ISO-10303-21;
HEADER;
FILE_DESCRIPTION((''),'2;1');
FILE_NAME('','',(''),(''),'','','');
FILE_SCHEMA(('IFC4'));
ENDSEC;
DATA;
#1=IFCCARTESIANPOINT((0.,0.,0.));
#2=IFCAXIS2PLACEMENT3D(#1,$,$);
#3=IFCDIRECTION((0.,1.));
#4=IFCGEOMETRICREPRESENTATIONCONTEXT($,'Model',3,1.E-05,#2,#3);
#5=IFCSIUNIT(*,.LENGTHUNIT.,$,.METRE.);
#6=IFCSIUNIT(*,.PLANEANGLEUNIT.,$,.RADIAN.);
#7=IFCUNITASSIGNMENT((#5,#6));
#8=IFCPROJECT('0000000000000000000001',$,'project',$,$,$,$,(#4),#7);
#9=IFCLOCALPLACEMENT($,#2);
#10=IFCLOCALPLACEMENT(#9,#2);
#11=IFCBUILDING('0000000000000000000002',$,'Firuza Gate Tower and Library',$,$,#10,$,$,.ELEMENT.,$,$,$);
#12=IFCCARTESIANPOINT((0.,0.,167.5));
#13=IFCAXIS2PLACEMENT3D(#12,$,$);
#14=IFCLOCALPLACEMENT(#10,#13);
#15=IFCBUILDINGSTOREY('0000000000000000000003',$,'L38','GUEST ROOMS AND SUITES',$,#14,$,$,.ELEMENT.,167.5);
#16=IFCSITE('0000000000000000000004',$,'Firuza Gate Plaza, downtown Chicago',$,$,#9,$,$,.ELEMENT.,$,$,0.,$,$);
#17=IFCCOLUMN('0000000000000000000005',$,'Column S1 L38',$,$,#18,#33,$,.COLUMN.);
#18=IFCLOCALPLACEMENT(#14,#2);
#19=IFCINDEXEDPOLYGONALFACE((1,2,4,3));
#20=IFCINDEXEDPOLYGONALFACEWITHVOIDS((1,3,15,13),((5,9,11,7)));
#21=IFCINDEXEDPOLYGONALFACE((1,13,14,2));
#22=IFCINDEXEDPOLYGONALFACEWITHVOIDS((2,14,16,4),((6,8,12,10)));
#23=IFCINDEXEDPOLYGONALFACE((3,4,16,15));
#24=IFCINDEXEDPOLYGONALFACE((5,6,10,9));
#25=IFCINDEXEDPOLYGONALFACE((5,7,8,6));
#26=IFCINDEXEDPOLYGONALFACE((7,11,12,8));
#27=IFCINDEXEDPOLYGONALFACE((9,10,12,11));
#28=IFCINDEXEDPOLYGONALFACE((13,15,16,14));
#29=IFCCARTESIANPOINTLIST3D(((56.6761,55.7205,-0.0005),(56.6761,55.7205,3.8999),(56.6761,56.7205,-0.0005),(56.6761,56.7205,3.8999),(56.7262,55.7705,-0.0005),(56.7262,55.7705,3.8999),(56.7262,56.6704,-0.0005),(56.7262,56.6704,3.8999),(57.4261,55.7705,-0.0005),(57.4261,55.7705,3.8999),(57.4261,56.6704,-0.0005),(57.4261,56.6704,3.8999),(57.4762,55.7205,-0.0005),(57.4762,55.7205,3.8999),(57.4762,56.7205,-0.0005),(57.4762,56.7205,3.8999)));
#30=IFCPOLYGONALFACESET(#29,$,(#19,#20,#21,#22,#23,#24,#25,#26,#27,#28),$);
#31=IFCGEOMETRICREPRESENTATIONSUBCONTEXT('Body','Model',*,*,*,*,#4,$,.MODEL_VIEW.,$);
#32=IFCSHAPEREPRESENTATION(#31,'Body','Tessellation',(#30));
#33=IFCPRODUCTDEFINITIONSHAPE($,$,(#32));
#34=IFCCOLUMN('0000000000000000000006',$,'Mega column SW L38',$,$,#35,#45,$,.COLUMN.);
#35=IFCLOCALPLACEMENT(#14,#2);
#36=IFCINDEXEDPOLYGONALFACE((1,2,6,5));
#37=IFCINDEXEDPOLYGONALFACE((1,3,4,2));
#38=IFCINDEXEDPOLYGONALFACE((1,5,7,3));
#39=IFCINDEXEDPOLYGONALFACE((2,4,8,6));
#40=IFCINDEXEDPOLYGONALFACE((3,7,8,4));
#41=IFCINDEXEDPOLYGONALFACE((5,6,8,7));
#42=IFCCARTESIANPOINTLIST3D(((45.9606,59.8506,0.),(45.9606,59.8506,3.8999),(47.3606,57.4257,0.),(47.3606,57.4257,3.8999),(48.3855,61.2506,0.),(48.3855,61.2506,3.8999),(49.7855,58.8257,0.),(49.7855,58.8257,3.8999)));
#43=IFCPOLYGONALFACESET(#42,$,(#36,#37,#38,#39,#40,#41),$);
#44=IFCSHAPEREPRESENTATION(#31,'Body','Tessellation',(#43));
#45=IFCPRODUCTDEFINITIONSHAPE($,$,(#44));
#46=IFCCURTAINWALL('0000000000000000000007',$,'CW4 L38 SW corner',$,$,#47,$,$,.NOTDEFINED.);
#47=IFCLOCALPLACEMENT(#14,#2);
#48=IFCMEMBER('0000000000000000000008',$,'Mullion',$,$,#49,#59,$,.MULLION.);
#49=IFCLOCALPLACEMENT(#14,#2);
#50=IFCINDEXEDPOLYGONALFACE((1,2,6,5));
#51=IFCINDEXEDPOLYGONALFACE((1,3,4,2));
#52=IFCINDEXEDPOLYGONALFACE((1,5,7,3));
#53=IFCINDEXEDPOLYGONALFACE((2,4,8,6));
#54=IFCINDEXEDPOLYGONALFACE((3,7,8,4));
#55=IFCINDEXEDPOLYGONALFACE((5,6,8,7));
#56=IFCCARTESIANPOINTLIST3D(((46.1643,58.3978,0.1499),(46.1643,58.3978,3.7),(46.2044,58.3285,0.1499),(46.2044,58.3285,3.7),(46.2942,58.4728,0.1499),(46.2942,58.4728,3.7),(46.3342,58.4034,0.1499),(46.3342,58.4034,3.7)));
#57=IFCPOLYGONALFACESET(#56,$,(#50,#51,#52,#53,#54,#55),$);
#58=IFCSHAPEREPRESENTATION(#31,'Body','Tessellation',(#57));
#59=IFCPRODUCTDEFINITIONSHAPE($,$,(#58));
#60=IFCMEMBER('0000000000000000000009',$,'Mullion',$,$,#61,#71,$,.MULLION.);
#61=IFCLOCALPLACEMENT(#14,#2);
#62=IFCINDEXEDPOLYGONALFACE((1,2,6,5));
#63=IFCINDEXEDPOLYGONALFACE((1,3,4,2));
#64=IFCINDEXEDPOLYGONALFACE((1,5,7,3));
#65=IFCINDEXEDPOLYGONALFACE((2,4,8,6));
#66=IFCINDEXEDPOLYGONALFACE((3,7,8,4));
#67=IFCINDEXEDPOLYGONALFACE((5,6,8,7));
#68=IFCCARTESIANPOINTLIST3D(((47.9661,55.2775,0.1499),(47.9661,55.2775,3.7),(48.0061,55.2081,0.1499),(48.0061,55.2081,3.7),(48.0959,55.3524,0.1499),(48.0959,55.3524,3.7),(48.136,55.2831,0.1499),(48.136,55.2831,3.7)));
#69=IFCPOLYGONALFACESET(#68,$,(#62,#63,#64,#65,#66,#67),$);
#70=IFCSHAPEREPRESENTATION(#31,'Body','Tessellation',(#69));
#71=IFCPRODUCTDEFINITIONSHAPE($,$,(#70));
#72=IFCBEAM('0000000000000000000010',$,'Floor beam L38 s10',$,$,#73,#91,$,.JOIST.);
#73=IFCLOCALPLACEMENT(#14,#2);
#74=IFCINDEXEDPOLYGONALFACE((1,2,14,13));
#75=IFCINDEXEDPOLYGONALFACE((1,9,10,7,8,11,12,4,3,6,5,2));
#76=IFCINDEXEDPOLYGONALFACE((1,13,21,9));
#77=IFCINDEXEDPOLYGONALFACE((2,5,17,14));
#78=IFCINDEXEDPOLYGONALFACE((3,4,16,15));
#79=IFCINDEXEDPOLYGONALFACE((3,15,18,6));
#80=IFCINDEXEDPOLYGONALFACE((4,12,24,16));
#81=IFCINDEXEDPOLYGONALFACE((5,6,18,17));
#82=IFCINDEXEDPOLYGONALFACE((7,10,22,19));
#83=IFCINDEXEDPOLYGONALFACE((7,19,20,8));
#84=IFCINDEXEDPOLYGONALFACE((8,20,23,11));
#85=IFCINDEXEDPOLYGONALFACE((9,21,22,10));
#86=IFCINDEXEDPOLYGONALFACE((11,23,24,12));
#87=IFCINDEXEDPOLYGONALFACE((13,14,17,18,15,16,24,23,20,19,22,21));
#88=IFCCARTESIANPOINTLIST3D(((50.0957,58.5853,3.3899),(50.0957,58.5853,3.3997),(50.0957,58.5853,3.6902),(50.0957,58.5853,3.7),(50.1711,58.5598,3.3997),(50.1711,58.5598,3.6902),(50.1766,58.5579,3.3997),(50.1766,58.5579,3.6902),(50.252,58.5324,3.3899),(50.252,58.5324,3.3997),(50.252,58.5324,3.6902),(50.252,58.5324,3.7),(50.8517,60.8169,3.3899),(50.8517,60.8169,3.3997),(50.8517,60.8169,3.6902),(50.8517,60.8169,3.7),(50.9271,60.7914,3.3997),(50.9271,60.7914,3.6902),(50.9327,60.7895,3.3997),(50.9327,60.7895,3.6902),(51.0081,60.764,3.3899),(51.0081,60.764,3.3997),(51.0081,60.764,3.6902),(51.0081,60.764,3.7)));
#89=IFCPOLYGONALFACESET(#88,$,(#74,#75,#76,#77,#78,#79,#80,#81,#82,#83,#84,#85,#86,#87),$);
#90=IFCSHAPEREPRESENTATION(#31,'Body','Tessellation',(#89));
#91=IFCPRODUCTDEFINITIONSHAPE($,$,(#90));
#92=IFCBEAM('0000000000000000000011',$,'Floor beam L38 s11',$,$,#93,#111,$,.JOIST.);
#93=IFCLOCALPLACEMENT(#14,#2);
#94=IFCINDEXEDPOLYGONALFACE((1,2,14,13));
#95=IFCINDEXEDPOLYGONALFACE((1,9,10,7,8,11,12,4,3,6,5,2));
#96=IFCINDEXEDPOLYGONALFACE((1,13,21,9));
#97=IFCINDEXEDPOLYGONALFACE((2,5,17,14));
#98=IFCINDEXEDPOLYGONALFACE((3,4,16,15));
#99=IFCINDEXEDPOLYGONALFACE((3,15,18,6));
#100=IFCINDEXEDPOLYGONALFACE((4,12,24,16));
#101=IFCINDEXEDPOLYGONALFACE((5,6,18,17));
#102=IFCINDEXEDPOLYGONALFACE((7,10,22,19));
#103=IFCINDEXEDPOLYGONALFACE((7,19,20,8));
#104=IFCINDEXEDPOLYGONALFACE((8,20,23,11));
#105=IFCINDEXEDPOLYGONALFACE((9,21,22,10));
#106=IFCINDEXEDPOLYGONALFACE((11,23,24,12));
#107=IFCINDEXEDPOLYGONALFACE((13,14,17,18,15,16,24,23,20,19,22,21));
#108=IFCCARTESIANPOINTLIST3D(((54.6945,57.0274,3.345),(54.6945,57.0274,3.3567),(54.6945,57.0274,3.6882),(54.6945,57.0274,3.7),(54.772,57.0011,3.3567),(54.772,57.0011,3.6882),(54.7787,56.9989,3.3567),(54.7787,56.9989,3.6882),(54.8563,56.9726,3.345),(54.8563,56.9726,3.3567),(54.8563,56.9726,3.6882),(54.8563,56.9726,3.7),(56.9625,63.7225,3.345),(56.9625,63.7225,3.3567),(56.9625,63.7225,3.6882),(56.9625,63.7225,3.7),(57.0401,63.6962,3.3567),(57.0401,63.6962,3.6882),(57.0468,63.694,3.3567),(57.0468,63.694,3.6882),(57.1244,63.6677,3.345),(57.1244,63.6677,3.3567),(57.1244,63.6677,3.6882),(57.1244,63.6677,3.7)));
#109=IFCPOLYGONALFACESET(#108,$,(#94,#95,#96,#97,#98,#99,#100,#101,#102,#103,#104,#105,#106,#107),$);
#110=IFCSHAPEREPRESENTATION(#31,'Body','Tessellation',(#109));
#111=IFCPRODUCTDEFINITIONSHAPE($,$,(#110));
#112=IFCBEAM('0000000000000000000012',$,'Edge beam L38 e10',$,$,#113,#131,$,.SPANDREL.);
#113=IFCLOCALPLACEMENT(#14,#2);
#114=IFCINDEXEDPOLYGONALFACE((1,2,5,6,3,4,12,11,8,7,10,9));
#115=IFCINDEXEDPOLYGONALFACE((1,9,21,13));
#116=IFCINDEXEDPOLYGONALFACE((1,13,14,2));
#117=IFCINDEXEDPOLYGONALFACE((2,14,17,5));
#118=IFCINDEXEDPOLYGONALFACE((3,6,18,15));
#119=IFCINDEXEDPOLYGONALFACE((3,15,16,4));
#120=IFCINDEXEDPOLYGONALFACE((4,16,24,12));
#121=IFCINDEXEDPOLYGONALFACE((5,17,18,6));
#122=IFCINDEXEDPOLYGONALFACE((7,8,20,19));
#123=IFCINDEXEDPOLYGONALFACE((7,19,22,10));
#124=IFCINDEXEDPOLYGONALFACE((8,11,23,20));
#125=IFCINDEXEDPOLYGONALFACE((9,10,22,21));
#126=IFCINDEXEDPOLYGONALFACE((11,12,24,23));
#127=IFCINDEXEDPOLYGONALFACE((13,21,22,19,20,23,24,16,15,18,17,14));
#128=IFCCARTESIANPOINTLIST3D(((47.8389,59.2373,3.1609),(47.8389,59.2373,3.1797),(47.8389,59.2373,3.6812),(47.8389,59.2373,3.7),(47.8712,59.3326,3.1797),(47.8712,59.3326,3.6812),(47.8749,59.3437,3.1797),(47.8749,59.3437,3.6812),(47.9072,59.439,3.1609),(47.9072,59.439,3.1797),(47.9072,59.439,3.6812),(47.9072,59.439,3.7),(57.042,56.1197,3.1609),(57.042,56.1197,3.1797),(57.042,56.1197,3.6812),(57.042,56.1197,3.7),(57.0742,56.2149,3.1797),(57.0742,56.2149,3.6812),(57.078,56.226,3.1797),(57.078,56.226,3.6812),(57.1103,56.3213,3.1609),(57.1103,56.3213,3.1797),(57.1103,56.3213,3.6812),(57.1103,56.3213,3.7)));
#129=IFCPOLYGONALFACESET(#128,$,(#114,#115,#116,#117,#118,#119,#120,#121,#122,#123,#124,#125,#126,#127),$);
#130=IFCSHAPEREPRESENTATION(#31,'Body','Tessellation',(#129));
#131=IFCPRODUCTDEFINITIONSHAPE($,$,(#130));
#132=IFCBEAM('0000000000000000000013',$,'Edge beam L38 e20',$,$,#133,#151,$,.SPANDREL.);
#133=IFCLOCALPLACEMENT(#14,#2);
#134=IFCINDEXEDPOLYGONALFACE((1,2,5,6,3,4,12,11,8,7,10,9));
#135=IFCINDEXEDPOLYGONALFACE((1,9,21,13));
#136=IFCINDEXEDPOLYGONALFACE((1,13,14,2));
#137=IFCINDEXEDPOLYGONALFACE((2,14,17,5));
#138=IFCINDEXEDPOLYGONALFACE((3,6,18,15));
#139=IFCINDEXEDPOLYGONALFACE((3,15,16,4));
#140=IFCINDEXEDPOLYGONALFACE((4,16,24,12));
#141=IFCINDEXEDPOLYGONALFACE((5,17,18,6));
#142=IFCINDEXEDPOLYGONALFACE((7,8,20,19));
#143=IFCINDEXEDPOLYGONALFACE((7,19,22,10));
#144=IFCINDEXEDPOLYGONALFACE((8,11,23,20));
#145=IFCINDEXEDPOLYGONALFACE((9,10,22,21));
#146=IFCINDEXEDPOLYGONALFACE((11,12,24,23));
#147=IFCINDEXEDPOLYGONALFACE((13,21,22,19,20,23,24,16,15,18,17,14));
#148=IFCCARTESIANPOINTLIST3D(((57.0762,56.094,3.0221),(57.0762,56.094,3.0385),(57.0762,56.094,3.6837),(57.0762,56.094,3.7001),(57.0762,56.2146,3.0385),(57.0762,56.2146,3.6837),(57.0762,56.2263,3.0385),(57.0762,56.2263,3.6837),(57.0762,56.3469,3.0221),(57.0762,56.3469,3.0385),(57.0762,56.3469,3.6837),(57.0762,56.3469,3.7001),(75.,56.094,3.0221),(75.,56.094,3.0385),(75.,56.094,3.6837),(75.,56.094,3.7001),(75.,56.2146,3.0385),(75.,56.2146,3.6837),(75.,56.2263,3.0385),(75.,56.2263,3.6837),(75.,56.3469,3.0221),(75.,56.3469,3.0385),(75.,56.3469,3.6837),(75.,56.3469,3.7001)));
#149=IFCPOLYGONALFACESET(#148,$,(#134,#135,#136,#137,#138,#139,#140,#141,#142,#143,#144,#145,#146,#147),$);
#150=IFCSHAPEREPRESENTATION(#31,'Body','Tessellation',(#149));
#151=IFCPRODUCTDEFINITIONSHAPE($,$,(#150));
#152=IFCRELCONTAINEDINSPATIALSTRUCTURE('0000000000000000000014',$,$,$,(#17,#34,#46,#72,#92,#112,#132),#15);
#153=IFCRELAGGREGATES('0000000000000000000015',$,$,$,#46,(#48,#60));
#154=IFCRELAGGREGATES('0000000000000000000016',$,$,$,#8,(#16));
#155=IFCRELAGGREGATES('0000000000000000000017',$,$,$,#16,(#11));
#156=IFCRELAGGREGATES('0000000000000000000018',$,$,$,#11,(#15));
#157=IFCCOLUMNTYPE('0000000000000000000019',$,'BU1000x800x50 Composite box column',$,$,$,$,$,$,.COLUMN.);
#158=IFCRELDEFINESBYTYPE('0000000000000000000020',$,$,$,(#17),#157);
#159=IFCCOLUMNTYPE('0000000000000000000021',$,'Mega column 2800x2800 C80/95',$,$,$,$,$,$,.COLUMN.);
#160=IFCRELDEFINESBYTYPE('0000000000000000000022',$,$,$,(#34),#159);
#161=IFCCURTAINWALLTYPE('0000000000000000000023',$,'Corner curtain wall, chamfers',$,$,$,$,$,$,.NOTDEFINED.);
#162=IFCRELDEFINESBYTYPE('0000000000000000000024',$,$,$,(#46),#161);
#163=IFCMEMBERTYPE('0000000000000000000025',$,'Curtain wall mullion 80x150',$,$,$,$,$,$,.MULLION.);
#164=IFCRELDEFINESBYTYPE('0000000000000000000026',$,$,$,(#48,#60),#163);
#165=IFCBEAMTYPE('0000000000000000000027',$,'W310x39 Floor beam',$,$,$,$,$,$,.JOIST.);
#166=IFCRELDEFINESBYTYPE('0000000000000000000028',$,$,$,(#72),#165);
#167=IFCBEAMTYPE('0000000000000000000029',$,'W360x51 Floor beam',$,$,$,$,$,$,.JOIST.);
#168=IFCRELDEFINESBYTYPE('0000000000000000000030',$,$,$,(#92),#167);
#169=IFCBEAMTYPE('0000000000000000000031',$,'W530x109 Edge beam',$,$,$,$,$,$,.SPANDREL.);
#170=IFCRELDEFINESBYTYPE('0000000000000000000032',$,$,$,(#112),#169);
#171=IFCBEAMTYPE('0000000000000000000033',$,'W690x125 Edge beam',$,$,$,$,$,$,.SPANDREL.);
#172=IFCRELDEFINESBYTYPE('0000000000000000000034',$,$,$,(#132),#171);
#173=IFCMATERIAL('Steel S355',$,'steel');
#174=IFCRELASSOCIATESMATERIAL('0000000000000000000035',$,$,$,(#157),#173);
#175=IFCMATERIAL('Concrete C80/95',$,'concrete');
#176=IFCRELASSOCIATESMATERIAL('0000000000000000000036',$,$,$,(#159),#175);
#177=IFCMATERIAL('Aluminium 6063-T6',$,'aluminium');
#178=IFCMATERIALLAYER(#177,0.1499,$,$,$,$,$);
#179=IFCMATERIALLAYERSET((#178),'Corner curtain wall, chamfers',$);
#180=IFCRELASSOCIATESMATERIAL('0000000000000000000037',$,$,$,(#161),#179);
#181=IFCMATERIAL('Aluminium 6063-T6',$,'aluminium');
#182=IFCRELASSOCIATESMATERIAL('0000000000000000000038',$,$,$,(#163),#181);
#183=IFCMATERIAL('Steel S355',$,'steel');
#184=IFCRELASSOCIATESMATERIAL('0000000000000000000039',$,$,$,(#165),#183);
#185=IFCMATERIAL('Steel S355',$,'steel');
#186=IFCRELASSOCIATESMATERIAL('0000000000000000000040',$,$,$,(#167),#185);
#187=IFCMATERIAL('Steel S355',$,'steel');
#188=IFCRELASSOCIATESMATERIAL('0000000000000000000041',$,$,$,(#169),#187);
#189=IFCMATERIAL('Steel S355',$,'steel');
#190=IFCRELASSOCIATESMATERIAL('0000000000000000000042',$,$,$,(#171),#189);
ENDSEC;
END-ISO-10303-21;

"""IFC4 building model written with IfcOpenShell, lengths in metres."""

from ifc_helpers import new_model, si_unit, direction, frame, origin, origin_2d, place, context, subcontext, project, spatial, rectangle, hollow_rectangle, i_section, extrude, material, layer, layer_set, material_profile, profile_set, type_object, element, aggregate, save


model = new_model("IFC4")

# Units and contexts
model_context = context("Model", 3, precision=1e-05, world=origin(), true_north=direction((0.0, 1.0)))
body_context = subcontext(model_context, "Body", "Model", "MODEL_VIEW")
ifc_project = project(units=[si_unit("LENGTHUNIT", "METRE"), si_unit("PLANEANGLEUNIT", "RADIAN")], contexts=[model_context])

# Site, building, storey
site_placement = place(None, origin())
site = spatial("IfcSite", under=ifc_project, at=site_placement, Name="Firuza Gate Plaza, downtown Chicago", CompositionType="ELEMENT", RefElevation=0.0)
building_placement = place(site_placement, origin())
building = spatial("IfcBuilding", under=site, at=building_placement, Name="Firuza Gate Tower and Library", CompositionType="ELEMENT")
storey_placement = place(building_placement, frame((0.0, 0.0, 167.5)))
storey = spatial("IfcBuildingStorey", under=building, at=storey_placement, Name="L38", Description="GUEST ROOMS AND SUITES", CompositionType="ELEMENT", Elevation=167.5)

# Columns
ifc_material_1 = material(Name="Steel S355", Category="steel")
ifc_material_profile_1 = material_profile(ifc_material_1, hollow_rectangle(XDim=0.8, YDim=1.0, WallThickness=0.05, at=origin_2d()))
ifc_profile_set_1 = profile_set([ifc_material_profile_1], Name="Steel S355")
column_type_1 = type_object("IfcColumnType", Name="BU1000x800x50 Composite box column", PredefinedType="COLUMN", material=ifc_profile_set_1)
column_1_placement = place(storey_placement, frame((57.0762, 56.2205, -0.0005), z_axis=(0.0, 0.0, 1.0), x_axis=(1.0, 0.0, 0.0)))
element("IfcColumn", 1, at=column_1_placement, inside=storey, type_object=column_type_1, Name="Column S1 L38", PredefinedType="COLUMN", context=body_context, shape_type="SweptSolid", body=[
    extrude(hollow_rectangle(XDim=0.8, YDim=1.0, WallThickness=0.05, at=origin_2d()), origin(), (0.0, 0.0, 1.0), 3.9004),
])
ifc_material_2 = material(Name="Concrete C80/95", Category="concrete")
ifc_material_profile_2 = material_profile(ifc_material_2, rectangle(XDim=2.8, YDim=2.8, at=origin_2d()))
ifc_profile_set_2 = profile_set([ifc_material_profile_2], Name="Concrete C80/95")
column_type_2 = type_object("IfcColumnType", Name="Mega column 2800x2800 C80/95", PredefinedType="COLUMN", material=ifc_profile_set_2)
column_2_placement = place(storey_placement, frame((47.873, 59.3381, 0.0), z_axis=(0.0, 0.0, 1.0), x_axis=(0.5, -0.866025, 0.0)))
element("IfcColumn", 2, at=column_2_placement, inside=storey, type_object=column_type_2, Name="Mega column SW L38", PredefinedType="COLUMN", context=body_context, shape_type="SweptSolid", body=[
    extrude(rectangle(XDim=2.8, YDim=2.8, at=origin_2d()), origin(), (0.0, 0.0, 1.0), 3.8999),
])

# Curtain wall, members
ifc_material_3 = material(Name="Aluminium 6063-T6", Category="aluminium")
ifc_layer_1 = layer(ifc_material_3, 0.1499)
ifc_layer_set_1 = layer_set([ifc_layer_1], Name="Corner curtain wall, chamfers")
curtain_wall_type = type_object("IfcCurtainWallType", Name="Corner curtain wall, chamfers", PredefinedType="NOTDEFINED", material=ifc_layer_set_1)
placement_1 = place(storey_placement, origin())
curtain_wall = element("IfcCurtainWall", 3, at=placement_1, inside=storey, type_object=curtain_wall_type, Name="CW4 L38 SW corner", PredefinedType="NOTDEFINED")
ifc_material_4 = material(Name="Aluminium 6063-T6", Category="aluminium")
ifc_material_profile_3 = material_profile(ifc_material_4, rectangle(XDim=0.1499, YDim=0.0801, at=origin_2d()))
ifc_profile_set_3 = profile_set([ifc_material_profile_3], Name="Aluminium 6063-T6")
member_type = type_object("IfcMemberType", Name="Curtain wall mullion 80x150", PredefinedType="MULLION", material=ifc_profile_set_3)
member_1_placement = place(storey_placement, frame((46.2493, 58.4006, 0.1499), z_axis=(0.0, 0.0, 1.0), x_axis=(0.866025, 0.5, 0.0)))
member_1 = element("IfcMember", 4, at=member_1_placement, type_object=member_type, Name="Mullion", PredefinedType="MULLION", context=body_context, shape_type="SweptSolid", body=[
    extrude(rectangle(XDim=0.1499, YDim=0.0801, at=origin_2d()), origin(), (0.0, 0.0, 1.0), 3.55),
])
member_2_placement = place(storey_placement, frame((48.051, 55.2803, 0.1499), z_axis=(0.0, 0.0, 1.0), x_axis=(0.866025, 0.5, 0.0)))
member_2 = element("IfcMember", 5, at=member_2_placement, type_object=member_type, Name="Mullion", PredefinedType="MULLION", context=body_context, shape_type="SweptSolid", body=[
    extrude(rectangle(XDim=0.1499, YDim=0.0801, at=origin_2d()), origin(), (0.0, 0.0, 1.0), 3.55),
])

# Beams
ifc_material_5 = material(Name="Steel S355", Category="steel")
ifc_material_profile_4 = material_profile(ifc_material_5, i_section(OverallWidth=0.165, OverallDepth=0.3101, WebThickness=0.0059, FlangeThickness=0.0098, at=origin_2d()))
ifc_profile_set_4 = profile_set([ifc_material_profile_4], Name="Steel S355")
beam_type_1 = type_object("IfcBeamType", Name="W310x39 Floor beam", PredefinedType="JOIST", material=ifc_profile_set_4)
beam_1_placement = place(storey_placement, frame((50.1738, 58.5588, 3.5449), z_axis=(0.320886, 0.947118, 0.0), x_axis=(-0.947118, 0.320886, 0.0)))
element("IfcBeam", 6, at=beam_1_placement, inside=storey, type_object=beam_type_1, Name="Floor beam L38 s10", PredefinedType="JOIST", context=body_context, shape_type="SweptSolid", body=[
    extrude(i_section(OverallWidth=0.165, OverallDepth=0.3101, WebThickness=0.0059, FlangeThickness=0.0098, at=origin_2d()), origin(), (0.0, 0.0, 1.0), 2.3562),
])
ifc_material_6 = material(Name="Steel S355", Category="steel")
ifc_material_profile_5 = material_profile(ifc_material_6, i_section(OverallWidth=0.1709, OverallDepth=0.355, WebThickness=0.0071, FlangeThickness=0.0117, at=origin_2d()))
ifc_profile_set_5 = profile_set([ifc_material_profile_5], Name="Steel S355")
beam_type_2 = type_object("IfcBeamType", Name="W360x51 Floor beam", PredefinedType="JOIST", material=ifc_profile_set_5)
beam_2_placement = place(storey_placement, frame((54.7754, 57.0, 3.5225), z_axis=(0.320856, 0.947128, 0.0), x_axis=(-0.947128, 0.320856, 0.0)))
element("IfcBeam", 7, at=beam_2_placement, inside=storey, type_object=beam_type_2, Name="Floor beam L38 s11", PredefinedType="JOIST", context=body_context, shape_type="SweptSolid", body=[
    extrude(i_section(OverallWidth=0.1709, OverallDepth=0.355, WebThickness=0.0071, FlangeThickness=0.0117, at=origin_2d()), origin(), (0.0, 0.0, 1.0), 7.0688),
])
ifc_material_7 = material(Name="Steel S355", Category="steel")
ifc_material_profile_6 = material_profile(ifc_material_7, i_section(OverallWidth=0.2129, OverallDepth=0.5391, WebThickness=0.0117, FlangeThickness=0.0188, at=origin_2d()))
ifc_profile_set_6 = profile_set([ifc_material_profile_6], Name="Steel S355")
beam_type_3 = type_object("IfcBeamType", Name="W530x109 Edge beam", PredefinedType="SPANDREL", material=ifc_profile_set_6)
beam_3_placement = place(storey_placement, frame((47.873, 59.3381, 3.4304), z_axis=(0.947129, -0.320852, 0.0), x_axis=(0.320852, 0.947129, 0.0)))
element("IfcBeam", 8, at=beam_3_placement, inside=storey, type_object=beam_type_3, Name="Edge beam L38 e10", PredefinedType="SPANDREL", context=body_context, shape_type="SweptSolid", body=[
    extrude(i_section(OverallWidth=0.2129, OverallDepth=0.5391, WebThickness=0.0117, FlangeThickness=0.0188, at=origin_2d()), origin(), (0.0, 0.0, 1.0), 9.7168),
])
ifc_material_8 = material(Name="Steel S355", Category="steel")
ifc_material_profile_7 = material_profile(ifc_material_8, i_section(OverallWidth=0.2529, OverallDepth=0.678, WebThickness=0.0117, FlangeThickness=0.0164, at=origin_2d()))
ifc_profile_set_7 = profile_set([ifc_material_profile_7], Name="Steel S355")
beam_type_4 = type_object("IfcBeamType", Name="W690x125 Edge beam", PredefinedType="SPANDREL", material=ifc_profile_set_7)
beam_4_placement = place(storey_placement, frame((57.0762, 56.2205, 3.3611), z_axis=(1.0, 0.0, 0.0), x_axis=(0.0, 1.0, 0.0)))
element("IfcBeam", 9, at=beam_4_placement, inside=storey, type_object=beam_type_4, Name="Edge beam L38 e20", PredefinedType="SPANDREL", context=body_context, shape_type="SweptSolid", body=[
    extrude(i_section(OverallWidth=0.2529, OverallDepth=0.678, WebThickness=0.0117, FlangeThickness=0.0164, at=origin_2d()), origin(), (0.0, 0.0, 1.0), 17.9238),
])

aggregate(curtain_wall, [member_1, member_2])

save(model, "model.ifc")
